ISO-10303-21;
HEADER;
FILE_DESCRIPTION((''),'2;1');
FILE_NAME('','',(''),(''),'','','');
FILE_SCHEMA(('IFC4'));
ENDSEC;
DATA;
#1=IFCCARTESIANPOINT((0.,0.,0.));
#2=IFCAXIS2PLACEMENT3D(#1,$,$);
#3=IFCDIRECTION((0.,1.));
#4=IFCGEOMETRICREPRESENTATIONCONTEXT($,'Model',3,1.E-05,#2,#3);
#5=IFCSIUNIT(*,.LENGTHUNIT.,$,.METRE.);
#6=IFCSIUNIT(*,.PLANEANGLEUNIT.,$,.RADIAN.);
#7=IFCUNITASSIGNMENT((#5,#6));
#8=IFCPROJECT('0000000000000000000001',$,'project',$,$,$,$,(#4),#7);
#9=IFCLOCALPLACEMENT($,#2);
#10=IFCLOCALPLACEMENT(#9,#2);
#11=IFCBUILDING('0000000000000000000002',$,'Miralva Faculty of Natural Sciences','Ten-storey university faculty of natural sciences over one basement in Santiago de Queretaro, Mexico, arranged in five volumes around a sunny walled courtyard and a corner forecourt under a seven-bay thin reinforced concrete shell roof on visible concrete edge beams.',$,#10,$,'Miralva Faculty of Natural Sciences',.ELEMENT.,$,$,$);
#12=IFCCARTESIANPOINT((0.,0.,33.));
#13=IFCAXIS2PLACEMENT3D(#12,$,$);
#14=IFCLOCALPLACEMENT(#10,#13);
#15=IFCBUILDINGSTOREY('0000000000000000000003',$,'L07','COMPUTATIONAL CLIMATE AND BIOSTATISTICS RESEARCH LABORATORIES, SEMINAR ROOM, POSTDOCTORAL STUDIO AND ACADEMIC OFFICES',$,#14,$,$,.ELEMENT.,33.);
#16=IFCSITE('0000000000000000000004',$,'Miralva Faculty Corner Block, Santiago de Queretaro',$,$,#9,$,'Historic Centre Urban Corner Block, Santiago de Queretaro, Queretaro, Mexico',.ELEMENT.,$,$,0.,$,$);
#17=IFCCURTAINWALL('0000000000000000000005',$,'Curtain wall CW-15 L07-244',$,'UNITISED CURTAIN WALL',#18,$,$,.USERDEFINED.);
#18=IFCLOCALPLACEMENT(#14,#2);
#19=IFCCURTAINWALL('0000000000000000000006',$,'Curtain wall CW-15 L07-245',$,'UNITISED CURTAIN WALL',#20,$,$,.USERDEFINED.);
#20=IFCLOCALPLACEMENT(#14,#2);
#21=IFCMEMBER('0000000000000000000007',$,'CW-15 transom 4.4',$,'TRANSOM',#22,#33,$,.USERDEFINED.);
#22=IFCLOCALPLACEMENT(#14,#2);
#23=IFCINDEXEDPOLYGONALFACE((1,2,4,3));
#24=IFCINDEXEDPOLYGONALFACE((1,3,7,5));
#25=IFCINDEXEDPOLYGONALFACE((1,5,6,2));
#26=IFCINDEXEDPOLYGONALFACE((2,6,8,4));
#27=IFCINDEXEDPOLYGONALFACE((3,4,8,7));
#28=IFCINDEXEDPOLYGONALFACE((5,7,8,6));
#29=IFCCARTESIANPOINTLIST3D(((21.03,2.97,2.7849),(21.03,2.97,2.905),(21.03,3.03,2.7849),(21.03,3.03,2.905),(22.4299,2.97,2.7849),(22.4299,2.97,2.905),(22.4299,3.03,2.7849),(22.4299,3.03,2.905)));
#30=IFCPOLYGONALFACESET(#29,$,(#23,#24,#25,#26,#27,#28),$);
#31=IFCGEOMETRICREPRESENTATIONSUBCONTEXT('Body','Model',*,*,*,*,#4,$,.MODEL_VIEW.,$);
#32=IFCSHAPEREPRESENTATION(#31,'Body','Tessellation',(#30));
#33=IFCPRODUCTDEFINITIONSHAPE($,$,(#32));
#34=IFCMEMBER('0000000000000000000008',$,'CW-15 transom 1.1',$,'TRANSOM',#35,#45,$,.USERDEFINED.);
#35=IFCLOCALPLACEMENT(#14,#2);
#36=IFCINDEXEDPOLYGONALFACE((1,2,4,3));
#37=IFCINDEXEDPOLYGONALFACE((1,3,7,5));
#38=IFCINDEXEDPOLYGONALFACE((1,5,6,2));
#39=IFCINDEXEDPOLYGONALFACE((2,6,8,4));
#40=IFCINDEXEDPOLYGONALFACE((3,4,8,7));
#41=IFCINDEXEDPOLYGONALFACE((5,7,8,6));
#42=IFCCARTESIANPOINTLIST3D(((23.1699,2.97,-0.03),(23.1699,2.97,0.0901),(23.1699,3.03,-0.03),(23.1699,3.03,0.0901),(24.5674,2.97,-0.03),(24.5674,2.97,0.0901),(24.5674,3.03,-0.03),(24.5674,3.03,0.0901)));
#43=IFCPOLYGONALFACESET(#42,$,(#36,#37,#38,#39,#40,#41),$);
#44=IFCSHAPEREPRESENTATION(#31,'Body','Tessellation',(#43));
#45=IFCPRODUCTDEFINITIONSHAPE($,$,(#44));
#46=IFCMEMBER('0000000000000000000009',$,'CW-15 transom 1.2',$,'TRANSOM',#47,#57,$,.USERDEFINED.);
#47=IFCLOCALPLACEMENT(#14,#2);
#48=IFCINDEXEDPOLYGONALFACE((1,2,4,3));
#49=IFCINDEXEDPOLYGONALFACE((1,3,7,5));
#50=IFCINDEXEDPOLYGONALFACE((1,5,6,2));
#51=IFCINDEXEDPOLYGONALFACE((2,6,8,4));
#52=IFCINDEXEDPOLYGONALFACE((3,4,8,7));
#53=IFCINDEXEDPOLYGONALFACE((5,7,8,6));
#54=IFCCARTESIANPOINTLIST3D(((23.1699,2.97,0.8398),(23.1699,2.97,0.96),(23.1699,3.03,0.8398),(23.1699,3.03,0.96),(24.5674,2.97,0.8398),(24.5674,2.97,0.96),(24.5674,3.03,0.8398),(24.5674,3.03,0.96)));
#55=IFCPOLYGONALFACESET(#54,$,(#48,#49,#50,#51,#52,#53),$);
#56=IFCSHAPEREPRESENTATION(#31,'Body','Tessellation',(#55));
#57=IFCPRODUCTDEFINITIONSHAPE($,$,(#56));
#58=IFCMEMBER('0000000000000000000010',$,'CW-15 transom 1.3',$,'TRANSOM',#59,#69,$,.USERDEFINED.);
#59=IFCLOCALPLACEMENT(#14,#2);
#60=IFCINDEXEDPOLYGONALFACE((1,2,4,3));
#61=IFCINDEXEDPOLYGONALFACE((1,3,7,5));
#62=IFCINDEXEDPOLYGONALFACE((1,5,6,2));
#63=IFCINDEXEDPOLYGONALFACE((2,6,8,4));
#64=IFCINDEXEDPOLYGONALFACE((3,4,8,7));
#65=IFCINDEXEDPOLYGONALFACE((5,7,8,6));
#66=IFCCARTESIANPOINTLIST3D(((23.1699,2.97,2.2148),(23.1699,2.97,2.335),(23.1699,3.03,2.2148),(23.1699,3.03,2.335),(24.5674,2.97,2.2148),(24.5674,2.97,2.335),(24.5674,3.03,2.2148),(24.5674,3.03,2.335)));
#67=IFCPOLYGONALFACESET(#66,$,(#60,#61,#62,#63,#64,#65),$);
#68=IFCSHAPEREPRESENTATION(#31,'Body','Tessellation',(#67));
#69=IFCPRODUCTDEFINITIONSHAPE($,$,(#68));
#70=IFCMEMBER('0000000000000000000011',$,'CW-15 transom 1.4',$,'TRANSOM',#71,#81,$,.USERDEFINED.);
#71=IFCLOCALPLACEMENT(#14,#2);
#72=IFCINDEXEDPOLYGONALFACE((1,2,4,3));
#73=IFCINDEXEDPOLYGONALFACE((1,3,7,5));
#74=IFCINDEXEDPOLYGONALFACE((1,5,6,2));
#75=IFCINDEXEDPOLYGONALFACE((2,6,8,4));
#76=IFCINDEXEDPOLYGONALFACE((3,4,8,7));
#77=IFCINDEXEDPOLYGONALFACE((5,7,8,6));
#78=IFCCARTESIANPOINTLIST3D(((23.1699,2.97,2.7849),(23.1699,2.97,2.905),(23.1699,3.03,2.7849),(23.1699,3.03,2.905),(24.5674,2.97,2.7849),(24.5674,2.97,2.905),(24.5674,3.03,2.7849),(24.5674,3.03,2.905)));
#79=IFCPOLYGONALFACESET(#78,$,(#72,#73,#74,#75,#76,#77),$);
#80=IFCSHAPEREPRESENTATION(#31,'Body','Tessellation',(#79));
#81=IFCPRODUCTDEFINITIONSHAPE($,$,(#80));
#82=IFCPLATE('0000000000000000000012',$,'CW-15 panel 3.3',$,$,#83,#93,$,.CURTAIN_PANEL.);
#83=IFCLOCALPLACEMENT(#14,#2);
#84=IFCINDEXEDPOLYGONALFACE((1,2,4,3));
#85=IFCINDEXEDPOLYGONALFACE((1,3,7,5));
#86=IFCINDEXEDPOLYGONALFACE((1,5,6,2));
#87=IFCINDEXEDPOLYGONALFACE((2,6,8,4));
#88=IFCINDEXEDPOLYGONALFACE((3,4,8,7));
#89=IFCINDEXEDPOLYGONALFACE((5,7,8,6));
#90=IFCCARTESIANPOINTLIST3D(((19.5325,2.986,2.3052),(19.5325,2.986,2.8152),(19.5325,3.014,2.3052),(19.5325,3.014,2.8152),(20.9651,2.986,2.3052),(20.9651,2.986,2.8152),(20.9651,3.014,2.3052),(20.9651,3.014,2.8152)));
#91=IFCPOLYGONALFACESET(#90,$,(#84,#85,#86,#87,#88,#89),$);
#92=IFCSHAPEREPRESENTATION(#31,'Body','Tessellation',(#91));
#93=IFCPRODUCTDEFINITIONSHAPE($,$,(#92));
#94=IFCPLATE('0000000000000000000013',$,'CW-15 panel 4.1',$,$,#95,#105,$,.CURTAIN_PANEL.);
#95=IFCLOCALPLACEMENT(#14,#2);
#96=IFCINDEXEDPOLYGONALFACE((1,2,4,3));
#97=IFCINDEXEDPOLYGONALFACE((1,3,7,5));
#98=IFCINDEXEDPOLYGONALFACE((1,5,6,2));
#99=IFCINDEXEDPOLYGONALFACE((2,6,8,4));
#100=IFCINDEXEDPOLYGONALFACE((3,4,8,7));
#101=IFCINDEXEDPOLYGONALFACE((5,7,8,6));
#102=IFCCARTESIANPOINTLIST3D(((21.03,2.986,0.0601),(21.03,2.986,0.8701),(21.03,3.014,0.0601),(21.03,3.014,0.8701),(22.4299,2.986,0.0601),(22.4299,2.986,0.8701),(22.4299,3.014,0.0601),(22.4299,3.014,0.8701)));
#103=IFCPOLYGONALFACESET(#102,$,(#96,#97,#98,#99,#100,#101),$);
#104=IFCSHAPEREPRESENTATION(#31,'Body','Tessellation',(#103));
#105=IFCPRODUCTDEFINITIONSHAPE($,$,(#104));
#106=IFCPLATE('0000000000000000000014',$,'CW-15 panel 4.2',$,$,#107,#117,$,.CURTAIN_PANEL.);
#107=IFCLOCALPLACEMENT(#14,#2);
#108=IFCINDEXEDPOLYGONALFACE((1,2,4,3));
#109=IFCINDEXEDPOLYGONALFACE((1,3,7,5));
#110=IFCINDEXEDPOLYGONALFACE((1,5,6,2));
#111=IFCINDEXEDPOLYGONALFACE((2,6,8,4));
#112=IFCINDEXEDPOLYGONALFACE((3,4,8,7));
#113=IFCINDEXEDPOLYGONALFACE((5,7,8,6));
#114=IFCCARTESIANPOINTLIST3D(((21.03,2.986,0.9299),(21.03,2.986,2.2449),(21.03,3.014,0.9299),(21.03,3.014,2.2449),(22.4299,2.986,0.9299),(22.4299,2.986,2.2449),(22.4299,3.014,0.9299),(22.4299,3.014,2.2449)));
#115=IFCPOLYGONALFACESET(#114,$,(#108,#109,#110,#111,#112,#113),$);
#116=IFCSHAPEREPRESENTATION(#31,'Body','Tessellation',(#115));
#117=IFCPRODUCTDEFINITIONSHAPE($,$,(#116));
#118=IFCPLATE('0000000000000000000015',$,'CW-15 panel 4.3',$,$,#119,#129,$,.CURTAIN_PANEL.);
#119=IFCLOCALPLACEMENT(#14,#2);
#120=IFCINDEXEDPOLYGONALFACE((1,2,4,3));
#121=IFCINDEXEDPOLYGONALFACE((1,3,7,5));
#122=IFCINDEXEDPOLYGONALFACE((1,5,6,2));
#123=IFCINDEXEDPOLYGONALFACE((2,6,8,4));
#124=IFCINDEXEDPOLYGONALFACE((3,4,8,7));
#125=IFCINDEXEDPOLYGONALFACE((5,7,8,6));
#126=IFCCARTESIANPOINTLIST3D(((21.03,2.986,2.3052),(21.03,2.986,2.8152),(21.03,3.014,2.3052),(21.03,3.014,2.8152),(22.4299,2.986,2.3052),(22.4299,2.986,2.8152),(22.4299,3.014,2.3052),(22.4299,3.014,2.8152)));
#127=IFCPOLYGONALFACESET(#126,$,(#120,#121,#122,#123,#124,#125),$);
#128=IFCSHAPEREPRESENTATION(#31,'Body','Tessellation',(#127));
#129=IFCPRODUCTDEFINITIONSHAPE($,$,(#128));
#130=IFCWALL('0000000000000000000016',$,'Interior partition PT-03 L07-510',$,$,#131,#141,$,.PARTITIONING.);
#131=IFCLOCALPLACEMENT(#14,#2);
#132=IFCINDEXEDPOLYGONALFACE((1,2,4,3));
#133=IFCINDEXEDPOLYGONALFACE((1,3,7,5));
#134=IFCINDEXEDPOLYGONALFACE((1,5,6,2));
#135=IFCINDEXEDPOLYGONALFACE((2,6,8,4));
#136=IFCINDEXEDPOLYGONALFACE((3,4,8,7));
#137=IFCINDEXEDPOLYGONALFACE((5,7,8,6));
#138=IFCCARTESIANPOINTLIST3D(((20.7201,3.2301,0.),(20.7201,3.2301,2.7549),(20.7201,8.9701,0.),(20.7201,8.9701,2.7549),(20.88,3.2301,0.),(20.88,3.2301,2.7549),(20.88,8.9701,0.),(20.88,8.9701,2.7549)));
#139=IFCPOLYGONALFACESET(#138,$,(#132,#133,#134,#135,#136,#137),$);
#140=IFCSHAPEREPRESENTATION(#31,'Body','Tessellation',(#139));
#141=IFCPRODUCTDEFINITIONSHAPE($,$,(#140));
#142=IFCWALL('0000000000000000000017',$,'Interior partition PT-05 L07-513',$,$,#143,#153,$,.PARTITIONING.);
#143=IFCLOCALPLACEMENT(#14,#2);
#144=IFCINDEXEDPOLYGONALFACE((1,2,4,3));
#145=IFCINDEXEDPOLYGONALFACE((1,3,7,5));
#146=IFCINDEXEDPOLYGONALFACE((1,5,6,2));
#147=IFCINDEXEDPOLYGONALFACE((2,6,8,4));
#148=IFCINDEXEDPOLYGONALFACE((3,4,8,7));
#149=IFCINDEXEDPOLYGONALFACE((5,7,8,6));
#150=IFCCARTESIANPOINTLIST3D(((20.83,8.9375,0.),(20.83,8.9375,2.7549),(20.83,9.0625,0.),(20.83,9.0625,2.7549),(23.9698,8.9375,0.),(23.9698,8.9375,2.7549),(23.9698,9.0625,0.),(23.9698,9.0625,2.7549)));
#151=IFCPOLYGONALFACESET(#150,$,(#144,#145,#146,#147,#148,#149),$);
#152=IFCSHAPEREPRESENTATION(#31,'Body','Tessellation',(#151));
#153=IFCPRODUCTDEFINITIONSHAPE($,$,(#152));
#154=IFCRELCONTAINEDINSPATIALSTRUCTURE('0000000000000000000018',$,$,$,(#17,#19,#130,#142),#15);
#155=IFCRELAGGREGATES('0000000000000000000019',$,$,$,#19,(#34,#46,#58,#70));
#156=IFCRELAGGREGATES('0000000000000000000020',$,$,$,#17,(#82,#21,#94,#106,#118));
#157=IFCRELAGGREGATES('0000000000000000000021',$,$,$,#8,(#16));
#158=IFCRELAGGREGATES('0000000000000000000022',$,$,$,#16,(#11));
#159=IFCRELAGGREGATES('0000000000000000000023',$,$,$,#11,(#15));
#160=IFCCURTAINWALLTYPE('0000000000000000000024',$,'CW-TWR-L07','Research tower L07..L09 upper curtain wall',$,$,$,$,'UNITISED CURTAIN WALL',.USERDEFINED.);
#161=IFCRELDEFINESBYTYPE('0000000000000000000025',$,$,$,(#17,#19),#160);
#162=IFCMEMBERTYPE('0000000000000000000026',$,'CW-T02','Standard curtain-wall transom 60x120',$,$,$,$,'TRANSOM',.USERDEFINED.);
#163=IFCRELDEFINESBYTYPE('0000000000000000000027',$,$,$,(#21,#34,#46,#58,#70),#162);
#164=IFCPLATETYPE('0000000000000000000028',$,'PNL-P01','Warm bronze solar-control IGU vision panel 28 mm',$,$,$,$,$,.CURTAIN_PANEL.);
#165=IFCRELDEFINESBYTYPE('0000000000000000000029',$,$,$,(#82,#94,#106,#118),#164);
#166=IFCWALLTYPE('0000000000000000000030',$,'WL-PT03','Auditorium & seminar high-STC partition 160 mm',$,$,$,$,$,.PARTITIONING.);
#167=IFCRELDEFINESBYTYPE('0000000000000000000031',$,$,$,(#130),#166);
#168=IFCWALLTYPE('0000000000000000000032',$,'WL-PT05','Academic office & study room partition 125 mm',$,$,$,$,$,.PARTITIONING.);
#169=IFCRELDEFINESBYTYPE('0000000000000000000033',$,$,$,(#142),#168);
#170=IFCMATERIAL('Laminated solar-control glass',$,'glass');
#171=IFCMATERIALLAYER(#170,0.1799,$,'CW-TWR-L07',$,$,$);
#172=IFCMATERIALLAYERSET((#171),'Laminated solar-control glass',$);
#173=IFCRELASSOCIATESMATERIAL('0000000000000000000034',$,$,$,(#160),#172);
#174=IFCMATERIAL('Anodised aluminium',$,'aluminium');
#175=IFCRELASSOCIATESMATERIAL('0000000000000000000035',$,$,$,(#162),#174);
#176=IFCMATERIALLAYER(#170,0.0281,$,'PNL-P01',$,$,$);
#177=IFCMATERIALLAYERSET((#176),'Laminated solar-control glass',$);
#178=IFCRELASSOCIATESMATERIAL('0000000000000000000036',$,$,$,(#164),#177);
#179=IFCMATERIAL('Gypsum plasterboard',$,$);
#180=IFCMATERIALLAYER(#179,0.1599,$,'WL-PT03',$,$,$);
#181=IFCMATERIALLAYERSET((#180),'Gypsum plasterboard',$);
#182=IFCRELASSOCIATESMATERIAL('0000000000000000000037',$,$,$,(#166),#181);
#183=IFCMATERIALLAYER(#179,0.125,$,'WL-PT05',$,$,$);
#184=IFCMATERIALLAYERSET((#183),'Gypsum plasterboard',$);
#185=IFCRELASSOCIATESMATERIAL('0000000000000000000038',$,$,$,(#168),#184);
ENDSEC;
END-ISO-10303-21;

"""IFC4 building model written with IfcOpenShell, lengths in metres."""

from ifc_helpers import new_model, si_unit, direction, frame, frame_2d, origin, origin_2d, place, context, subcontext, project, spatial, rectangle, extrude, material, layer, layer_set, material_profile, profile_set, type_object, element, aggregate, save


model = new_model("IFC4")

# Units and contexts
model_context = context("Model", 3, precision=1e-05, world=origin(), true_north=direction((0.0, 1.0)))
body_context = subcontext(model_context, "Body", "Model", "MODEL_VIEW")
ifc_project = project(units=[si_unit("LENGTHUNIT", "METRE"), si_unit("PLANEANGLEUNIT", "RADIAN")], contexts=[model_context])

# Site, building, storey
site_placement = place(None, origin())
site = spatial("IfcSite", under=ifc_project, at=site_placement, Name="Miralva Faculty Corner Block, Santiago de Queretaro", LongName="Historic Centre Urban Corner Block, Santiago de Queretaro, Queretaro, Mexico", CompositionType="ELEMENT", RefElevation=0.0)
building_placement = place(site_placement, origin())
building = spatial("IfcBuilding", under=site, at=building_placement, Name="Miralva Faculty of Natural Sciences", Description="Ten-storey university faculty of natural sciences over one basement in Santiago de Queretaro, Mexico, arranged in five volumes around a sunny walled courtyard and a corner forecourt under a seven-bay thin reinforced concrete shell roof on visible concrete edge beams.", LongName="Miralva Faculty of Natural Sciences", CompositionType="ELEMENT")
storey_placement = place(building_placement, frame((0.0, 0.0, 33.0)))
storey = spatial("IfcBuildingStorey", under=building, at=storey_placement, Name="L07", Description="COMPUTATIONAL CLIMATE AND BIOSTATISTICS RESEARCH LABORATORIES, SEMINAR ROOM, POSTDOCTORAL STUDIO AND ACADEMIC OFFICES", CompositionType="ELEMENT", Elevation=33.0)

# Curtain wall
ifc_material_1 = material(Name="Laminated solar-control glass", Category="glass")
ifc_layer_1 = layer(ifc_material_1, 0.1799, Name="CW-TWR-L07")
ifc_layer_set_1 = layer_set([ifc_layer_1], Name="Laminated solar-control glass")
curtain_wall_type = type_object("IfcCurtainWallType", Name="CW-TWR-L07", Description="Research tower L07..L09 upper curtain wall", ElementType="UNITISED CURTAIN WALL", PredefinedType="USERDEFINED", material=ifc_layer_set_1)
curtain_wall_1_placement = place(storey_placement, origin())
curtain_wall_1 = element("IfcCurtainWall", 1, at=curtain_wall_1_placement, inside=storey, type_object=curtain_wall_type, Name="Curtain wall CW-15 L07-244", ObjectType="UNITISED CURTAIN WALL", PredefinedType="USERDEFINED")
ifc_material_2 = material(Name="Anodised aluminium", Category="aluminium")

# Curtain wall
curtain_wall_2_placement = place(storey_placement, origin())
curtain_wall_2 = element("IfcCurtainWall", 2, at=curtain_wall_2_placement, inside=storey, type_object=curtain_wall_type, Name="Curtain wall CW-15 L07-245", ObjectType="UNITISED CURTAIN WALL", PredefinedType="USERDEFINED")

# Members
ifc_material_profile_1 = material_profile(ifc_material_2, rectangle(XDim=0.0601, YDim=0.1201, at=origin_2d()), Name="TRANSOM 60x120")
ifc_profile_set_1 = profile_set([ifc_material_profile_1], Name="Anodised aluminium")
member_type_1 = type_object("IfcMemberType", Name="CW-T02", Description="Standard curtain-wall transom 60x120", ElementType="TRANSOM", PredefinedType="USERDEFINED", material=ifc_profile_set_1)
member_1_placement = place(storey_placement, frame((21.03, 3.0, 2.845), z_axis=(1.0, 0.0, 0.0), x_axis=(0.0, 1.0, 0.0)))
member_1 = element("IfcMember", 3, at=member_1_placement, type_object=member_type_1, Name="CW-15 transom 4.4", ObjectType="TRANSOM", PredefinedType="USERDEFINED", context=body_context, shape_type="SweptSolid", body=[
    extrude(rectangle(XDim=0.0601, YDim=0.1201, at=origin_2d()), origin(), (0.0, 0.0, 1.0), 1.3999),
])
member_2_placement = place(storey_placement, frame((23.1699, 3.0, 0.03), z_axis=(1.0, 0.0, 0.0), x_axis=(0.0, 1.0, 0.0)))
member_2 = element("IfcMember", 4, at=member_2_placement, type_object=member_type_1, Name="CW-15 transom 1.1", ObjectType="TRANSOM", PredefinedType="USERDEFINED", context=body_context, shape_type="SweptSolid", body=[
    extrude(rectangle(XDim=0.0601, YDim=0.1201, at=origin_2d()), origin(), (0.0, 0.0, 1.0), 1.3975),
])
member_3_placement = place(storey_placement, frame((23.1699, 3.0, 0.8999), z_axis=(1.0, 0.0, 0.0), x_axis=(0.0, 1.0, 0.0)))
member_3 = element("IfcMember", 5, at=member_3_placement, type_object=member_type_1, Name="CW-15 transom 1.2", ObjectType="TRANSOM", PredefinedType="USERDEFINED", context=body_context, shape_type="SweptSolid", body=[
    extrude(rectangle(XDim=0.0601, YDim=0.1201, at=origin_2d()), origin(), (0.0, 0.0, 1.0), 1.3975),
])
member_4_placement = place(storey_placement, frame((23.1699, 3.0, 2.2749), z_axis=(1.0, 0.0, 0.0), x_axis=(0.0, 1.0, 0.0)))
member_4 = element("IfcMember", 6, at=member_4_placement, type_object=member_type_1, Name="CW-15 transom 1.3", ObjectType="TRANSOM", PredefinedType="USERDEFINED", context=body_context, shape_type="SweptSolid", body=[
    extrude(rectangle(XDim=0.0601, YDim=0.1201, at=origin_2d()), origin(), (0.0, 0.0, 1.0), 1.3975),
])
member_5_placement = place(storey_placement, frame((23.1699, 3.0, 2.845), z_axis=(1.0, 0.0, 0.0), x_axis=(0.0, 1.0, 0.0)))
member_5 = element("IfcMember", 7, at=member_5_placement, type_object=member_type_1, Name="CW-15 transom 1.4", ObjectType="TRANSOM", PredefinedType="USERDEFINED", context=body_context, shape_type="SweptSolid", body=[
    extrude(rectangle(XDim=0.0601, YDim=0.1201, at=origin_2d()), origin(), (0.0, 0.0, 1.0), 1.3975),
])
aggregate(curtain_wall_2, [member_2, member_3, member_4, member_5])

# Plates
ifc_layer_2 = layer(ifc_material_1, 0.0281, Name="PNL-P01")
ifc_layer_set_2 = layer_set([ifc_layer_2], Name="Laminated solar-control glass")
plate_type = type_object("IfcPlateType", Name="PNL-P01", Description="Warm bronze solar-control IGU vision panel 28 mm", PredefinedType="CURTAIN_PANEL", material=ifc_layer_set_2)
plate_1_placement = place(storey_placement, frame((20.2488, 3.0, 2.3052), z_axis=(0.0, 0.0, 1.0), x_axis=(1.0, 0.0, 0.0)))
plate_1 = element("IfcPlate", 8, at=plate_1_placement, type_object=plate_type, Name="CW-15 panel 3.3", PredefinedType="CURTAIN_PANEL", context=body_context, shape_type="SweptSolid", body=[
    extrude(rectangle(XDim=1.4326, YDim=0.0281, at=origin_2d()), origin(), (0.0, 0.0, 1.0), 0.51),
])
plate_2_placement = place(storey_placement, frame((21.73, 3.0, 0.0601), z_axis=(0.0, 0.0, 1.0), x_axis=(1.0, 0.0, 0.0)))
plate_2 = element("IfcPlate", 9, at=plate_2_placement, type_object=plate_type, Name="CW-15 panel 4.1", PredefinedType="CURTAIN_PANEL", context=body_context, shape_type="SweptSolid", body=[
    extrude(rectangle(XDim=1.3999, YDim=0.0281, at=origin_2d()), origin(), (0.0, 0.0, 1.0), 0.8101),
])
plate_3_placement = place(storey_placement, frame((21.73, 3.0, 0.9299), z_axis=(0.0, 0.0, 1.0), x_axis=(1.0, 0.0, 0.0)))
plate_3 = element("IfcPlate", 10, at=plate_3_placement, type_object=plate_type, Name="CW-15 panel 4.2", PredefinedType="CURTAIN_PANEL", context=body_context, shape_type="SweptSolid", body=[
    extrude(rectangle(XDim=1.3999, YDim=0.0281, at=origin_2d()), origin(), (0.0, 0.0, 1.0), 1.3149),
])
plate_4_placement = place(storey_placement, frame((21.73, 3.0, 2.3052), z_axis=(0.0, 0.0, 1.0), x_axis=(1.0, 0.0, 0.0)))
plate_4 = element("IfcPlate", 11, at=plate_4_placement, type_object=plate_type, Name="CW-15 panel 4.3", PredefinedType="CURTAIN_PANEL", context=body_context, shape_type="SweptSolid", body=[
    extrude(rectangle(XDim=1.3999, YDim=0.0281, at=origin_2d()), origin(), (0.0, 0.0, 1.0), 0.51),
])
aggregate(curtain_wall_1, [plate_1, member_1, plate_2, plate_3, plate_4])

# Walls
ifc_material_3 = material(Name="Gypsum plasterboard")
ifc_layer_3 = layer(ifc_material_3, 0.1599, Name="WL-PT03")
ifc_layer_set_3 = layer_set([ifc_layer_3], Name="Gypsum plasterboard")
wall_type_1 = type_object("IfcWallType", Name="WL-PT03", Description="Auditorium & seminar high-STC partition 160 mm", PredefinedType="PARTITIONING", material=ifc_layer_set_3)
wall_1_placement = place(storey_placement, frame((20.8, 3.23, 0.0), z_axis=(0.0, 0.0, 1.0), x_axis=(0.0, 1.0, 0.0)))
element("IfcWall", 12, at=wall_1_placement, inside=storey, type_object=wall_type_1, Name="Interior partition PT-03 L07-510", PredefinedType="PARTITIONING", context=body_context, shape_type="SweptSolid", body=[
    extrude(rectangle(XDim=5.74, YDim=0.1599, at=frame_2d((2.8701, 0.0))), origin(), (0.0, 0.0, 1.0), 2.7549),
])
ifc_layer_4 = layer(ifc_material_3, 0.125, Name="WL-PT05")
ifc_layer_set_4 = layer_set([ifc_layer_4], Name="Gypsum plasterboard")
wall_type_2 = type_object("IfcWallType", Name="WL-PT05", Description="Academic office & study room partition 125 mm", PredefinedType="PARTITIONING", material=ifc_layer_set_4)
wall_2_placement = place(storey_placement, frame((20.8301, 9.0, 0.0), z_axis=(0.0, 0.0, 1.0), x_axis=(1.0, 0.0, 0.0)))
element("IfcWall", 13, at=wall_2_placement, inside=storey, type_object=wall_type_2, Name="Interior partition PT-05 L07-513", PredefinedType="PARTITIONING", context=body_context, shape_type="SweptSolid", body=[
    extrude(rectangle(XDim=3.1399, YDim=0.125, at=frame_2d((1.5698, 0.0))), origin(), (0.0, 0.0, 1.0), 2.7549),
])

save(model, "model.ifc")
